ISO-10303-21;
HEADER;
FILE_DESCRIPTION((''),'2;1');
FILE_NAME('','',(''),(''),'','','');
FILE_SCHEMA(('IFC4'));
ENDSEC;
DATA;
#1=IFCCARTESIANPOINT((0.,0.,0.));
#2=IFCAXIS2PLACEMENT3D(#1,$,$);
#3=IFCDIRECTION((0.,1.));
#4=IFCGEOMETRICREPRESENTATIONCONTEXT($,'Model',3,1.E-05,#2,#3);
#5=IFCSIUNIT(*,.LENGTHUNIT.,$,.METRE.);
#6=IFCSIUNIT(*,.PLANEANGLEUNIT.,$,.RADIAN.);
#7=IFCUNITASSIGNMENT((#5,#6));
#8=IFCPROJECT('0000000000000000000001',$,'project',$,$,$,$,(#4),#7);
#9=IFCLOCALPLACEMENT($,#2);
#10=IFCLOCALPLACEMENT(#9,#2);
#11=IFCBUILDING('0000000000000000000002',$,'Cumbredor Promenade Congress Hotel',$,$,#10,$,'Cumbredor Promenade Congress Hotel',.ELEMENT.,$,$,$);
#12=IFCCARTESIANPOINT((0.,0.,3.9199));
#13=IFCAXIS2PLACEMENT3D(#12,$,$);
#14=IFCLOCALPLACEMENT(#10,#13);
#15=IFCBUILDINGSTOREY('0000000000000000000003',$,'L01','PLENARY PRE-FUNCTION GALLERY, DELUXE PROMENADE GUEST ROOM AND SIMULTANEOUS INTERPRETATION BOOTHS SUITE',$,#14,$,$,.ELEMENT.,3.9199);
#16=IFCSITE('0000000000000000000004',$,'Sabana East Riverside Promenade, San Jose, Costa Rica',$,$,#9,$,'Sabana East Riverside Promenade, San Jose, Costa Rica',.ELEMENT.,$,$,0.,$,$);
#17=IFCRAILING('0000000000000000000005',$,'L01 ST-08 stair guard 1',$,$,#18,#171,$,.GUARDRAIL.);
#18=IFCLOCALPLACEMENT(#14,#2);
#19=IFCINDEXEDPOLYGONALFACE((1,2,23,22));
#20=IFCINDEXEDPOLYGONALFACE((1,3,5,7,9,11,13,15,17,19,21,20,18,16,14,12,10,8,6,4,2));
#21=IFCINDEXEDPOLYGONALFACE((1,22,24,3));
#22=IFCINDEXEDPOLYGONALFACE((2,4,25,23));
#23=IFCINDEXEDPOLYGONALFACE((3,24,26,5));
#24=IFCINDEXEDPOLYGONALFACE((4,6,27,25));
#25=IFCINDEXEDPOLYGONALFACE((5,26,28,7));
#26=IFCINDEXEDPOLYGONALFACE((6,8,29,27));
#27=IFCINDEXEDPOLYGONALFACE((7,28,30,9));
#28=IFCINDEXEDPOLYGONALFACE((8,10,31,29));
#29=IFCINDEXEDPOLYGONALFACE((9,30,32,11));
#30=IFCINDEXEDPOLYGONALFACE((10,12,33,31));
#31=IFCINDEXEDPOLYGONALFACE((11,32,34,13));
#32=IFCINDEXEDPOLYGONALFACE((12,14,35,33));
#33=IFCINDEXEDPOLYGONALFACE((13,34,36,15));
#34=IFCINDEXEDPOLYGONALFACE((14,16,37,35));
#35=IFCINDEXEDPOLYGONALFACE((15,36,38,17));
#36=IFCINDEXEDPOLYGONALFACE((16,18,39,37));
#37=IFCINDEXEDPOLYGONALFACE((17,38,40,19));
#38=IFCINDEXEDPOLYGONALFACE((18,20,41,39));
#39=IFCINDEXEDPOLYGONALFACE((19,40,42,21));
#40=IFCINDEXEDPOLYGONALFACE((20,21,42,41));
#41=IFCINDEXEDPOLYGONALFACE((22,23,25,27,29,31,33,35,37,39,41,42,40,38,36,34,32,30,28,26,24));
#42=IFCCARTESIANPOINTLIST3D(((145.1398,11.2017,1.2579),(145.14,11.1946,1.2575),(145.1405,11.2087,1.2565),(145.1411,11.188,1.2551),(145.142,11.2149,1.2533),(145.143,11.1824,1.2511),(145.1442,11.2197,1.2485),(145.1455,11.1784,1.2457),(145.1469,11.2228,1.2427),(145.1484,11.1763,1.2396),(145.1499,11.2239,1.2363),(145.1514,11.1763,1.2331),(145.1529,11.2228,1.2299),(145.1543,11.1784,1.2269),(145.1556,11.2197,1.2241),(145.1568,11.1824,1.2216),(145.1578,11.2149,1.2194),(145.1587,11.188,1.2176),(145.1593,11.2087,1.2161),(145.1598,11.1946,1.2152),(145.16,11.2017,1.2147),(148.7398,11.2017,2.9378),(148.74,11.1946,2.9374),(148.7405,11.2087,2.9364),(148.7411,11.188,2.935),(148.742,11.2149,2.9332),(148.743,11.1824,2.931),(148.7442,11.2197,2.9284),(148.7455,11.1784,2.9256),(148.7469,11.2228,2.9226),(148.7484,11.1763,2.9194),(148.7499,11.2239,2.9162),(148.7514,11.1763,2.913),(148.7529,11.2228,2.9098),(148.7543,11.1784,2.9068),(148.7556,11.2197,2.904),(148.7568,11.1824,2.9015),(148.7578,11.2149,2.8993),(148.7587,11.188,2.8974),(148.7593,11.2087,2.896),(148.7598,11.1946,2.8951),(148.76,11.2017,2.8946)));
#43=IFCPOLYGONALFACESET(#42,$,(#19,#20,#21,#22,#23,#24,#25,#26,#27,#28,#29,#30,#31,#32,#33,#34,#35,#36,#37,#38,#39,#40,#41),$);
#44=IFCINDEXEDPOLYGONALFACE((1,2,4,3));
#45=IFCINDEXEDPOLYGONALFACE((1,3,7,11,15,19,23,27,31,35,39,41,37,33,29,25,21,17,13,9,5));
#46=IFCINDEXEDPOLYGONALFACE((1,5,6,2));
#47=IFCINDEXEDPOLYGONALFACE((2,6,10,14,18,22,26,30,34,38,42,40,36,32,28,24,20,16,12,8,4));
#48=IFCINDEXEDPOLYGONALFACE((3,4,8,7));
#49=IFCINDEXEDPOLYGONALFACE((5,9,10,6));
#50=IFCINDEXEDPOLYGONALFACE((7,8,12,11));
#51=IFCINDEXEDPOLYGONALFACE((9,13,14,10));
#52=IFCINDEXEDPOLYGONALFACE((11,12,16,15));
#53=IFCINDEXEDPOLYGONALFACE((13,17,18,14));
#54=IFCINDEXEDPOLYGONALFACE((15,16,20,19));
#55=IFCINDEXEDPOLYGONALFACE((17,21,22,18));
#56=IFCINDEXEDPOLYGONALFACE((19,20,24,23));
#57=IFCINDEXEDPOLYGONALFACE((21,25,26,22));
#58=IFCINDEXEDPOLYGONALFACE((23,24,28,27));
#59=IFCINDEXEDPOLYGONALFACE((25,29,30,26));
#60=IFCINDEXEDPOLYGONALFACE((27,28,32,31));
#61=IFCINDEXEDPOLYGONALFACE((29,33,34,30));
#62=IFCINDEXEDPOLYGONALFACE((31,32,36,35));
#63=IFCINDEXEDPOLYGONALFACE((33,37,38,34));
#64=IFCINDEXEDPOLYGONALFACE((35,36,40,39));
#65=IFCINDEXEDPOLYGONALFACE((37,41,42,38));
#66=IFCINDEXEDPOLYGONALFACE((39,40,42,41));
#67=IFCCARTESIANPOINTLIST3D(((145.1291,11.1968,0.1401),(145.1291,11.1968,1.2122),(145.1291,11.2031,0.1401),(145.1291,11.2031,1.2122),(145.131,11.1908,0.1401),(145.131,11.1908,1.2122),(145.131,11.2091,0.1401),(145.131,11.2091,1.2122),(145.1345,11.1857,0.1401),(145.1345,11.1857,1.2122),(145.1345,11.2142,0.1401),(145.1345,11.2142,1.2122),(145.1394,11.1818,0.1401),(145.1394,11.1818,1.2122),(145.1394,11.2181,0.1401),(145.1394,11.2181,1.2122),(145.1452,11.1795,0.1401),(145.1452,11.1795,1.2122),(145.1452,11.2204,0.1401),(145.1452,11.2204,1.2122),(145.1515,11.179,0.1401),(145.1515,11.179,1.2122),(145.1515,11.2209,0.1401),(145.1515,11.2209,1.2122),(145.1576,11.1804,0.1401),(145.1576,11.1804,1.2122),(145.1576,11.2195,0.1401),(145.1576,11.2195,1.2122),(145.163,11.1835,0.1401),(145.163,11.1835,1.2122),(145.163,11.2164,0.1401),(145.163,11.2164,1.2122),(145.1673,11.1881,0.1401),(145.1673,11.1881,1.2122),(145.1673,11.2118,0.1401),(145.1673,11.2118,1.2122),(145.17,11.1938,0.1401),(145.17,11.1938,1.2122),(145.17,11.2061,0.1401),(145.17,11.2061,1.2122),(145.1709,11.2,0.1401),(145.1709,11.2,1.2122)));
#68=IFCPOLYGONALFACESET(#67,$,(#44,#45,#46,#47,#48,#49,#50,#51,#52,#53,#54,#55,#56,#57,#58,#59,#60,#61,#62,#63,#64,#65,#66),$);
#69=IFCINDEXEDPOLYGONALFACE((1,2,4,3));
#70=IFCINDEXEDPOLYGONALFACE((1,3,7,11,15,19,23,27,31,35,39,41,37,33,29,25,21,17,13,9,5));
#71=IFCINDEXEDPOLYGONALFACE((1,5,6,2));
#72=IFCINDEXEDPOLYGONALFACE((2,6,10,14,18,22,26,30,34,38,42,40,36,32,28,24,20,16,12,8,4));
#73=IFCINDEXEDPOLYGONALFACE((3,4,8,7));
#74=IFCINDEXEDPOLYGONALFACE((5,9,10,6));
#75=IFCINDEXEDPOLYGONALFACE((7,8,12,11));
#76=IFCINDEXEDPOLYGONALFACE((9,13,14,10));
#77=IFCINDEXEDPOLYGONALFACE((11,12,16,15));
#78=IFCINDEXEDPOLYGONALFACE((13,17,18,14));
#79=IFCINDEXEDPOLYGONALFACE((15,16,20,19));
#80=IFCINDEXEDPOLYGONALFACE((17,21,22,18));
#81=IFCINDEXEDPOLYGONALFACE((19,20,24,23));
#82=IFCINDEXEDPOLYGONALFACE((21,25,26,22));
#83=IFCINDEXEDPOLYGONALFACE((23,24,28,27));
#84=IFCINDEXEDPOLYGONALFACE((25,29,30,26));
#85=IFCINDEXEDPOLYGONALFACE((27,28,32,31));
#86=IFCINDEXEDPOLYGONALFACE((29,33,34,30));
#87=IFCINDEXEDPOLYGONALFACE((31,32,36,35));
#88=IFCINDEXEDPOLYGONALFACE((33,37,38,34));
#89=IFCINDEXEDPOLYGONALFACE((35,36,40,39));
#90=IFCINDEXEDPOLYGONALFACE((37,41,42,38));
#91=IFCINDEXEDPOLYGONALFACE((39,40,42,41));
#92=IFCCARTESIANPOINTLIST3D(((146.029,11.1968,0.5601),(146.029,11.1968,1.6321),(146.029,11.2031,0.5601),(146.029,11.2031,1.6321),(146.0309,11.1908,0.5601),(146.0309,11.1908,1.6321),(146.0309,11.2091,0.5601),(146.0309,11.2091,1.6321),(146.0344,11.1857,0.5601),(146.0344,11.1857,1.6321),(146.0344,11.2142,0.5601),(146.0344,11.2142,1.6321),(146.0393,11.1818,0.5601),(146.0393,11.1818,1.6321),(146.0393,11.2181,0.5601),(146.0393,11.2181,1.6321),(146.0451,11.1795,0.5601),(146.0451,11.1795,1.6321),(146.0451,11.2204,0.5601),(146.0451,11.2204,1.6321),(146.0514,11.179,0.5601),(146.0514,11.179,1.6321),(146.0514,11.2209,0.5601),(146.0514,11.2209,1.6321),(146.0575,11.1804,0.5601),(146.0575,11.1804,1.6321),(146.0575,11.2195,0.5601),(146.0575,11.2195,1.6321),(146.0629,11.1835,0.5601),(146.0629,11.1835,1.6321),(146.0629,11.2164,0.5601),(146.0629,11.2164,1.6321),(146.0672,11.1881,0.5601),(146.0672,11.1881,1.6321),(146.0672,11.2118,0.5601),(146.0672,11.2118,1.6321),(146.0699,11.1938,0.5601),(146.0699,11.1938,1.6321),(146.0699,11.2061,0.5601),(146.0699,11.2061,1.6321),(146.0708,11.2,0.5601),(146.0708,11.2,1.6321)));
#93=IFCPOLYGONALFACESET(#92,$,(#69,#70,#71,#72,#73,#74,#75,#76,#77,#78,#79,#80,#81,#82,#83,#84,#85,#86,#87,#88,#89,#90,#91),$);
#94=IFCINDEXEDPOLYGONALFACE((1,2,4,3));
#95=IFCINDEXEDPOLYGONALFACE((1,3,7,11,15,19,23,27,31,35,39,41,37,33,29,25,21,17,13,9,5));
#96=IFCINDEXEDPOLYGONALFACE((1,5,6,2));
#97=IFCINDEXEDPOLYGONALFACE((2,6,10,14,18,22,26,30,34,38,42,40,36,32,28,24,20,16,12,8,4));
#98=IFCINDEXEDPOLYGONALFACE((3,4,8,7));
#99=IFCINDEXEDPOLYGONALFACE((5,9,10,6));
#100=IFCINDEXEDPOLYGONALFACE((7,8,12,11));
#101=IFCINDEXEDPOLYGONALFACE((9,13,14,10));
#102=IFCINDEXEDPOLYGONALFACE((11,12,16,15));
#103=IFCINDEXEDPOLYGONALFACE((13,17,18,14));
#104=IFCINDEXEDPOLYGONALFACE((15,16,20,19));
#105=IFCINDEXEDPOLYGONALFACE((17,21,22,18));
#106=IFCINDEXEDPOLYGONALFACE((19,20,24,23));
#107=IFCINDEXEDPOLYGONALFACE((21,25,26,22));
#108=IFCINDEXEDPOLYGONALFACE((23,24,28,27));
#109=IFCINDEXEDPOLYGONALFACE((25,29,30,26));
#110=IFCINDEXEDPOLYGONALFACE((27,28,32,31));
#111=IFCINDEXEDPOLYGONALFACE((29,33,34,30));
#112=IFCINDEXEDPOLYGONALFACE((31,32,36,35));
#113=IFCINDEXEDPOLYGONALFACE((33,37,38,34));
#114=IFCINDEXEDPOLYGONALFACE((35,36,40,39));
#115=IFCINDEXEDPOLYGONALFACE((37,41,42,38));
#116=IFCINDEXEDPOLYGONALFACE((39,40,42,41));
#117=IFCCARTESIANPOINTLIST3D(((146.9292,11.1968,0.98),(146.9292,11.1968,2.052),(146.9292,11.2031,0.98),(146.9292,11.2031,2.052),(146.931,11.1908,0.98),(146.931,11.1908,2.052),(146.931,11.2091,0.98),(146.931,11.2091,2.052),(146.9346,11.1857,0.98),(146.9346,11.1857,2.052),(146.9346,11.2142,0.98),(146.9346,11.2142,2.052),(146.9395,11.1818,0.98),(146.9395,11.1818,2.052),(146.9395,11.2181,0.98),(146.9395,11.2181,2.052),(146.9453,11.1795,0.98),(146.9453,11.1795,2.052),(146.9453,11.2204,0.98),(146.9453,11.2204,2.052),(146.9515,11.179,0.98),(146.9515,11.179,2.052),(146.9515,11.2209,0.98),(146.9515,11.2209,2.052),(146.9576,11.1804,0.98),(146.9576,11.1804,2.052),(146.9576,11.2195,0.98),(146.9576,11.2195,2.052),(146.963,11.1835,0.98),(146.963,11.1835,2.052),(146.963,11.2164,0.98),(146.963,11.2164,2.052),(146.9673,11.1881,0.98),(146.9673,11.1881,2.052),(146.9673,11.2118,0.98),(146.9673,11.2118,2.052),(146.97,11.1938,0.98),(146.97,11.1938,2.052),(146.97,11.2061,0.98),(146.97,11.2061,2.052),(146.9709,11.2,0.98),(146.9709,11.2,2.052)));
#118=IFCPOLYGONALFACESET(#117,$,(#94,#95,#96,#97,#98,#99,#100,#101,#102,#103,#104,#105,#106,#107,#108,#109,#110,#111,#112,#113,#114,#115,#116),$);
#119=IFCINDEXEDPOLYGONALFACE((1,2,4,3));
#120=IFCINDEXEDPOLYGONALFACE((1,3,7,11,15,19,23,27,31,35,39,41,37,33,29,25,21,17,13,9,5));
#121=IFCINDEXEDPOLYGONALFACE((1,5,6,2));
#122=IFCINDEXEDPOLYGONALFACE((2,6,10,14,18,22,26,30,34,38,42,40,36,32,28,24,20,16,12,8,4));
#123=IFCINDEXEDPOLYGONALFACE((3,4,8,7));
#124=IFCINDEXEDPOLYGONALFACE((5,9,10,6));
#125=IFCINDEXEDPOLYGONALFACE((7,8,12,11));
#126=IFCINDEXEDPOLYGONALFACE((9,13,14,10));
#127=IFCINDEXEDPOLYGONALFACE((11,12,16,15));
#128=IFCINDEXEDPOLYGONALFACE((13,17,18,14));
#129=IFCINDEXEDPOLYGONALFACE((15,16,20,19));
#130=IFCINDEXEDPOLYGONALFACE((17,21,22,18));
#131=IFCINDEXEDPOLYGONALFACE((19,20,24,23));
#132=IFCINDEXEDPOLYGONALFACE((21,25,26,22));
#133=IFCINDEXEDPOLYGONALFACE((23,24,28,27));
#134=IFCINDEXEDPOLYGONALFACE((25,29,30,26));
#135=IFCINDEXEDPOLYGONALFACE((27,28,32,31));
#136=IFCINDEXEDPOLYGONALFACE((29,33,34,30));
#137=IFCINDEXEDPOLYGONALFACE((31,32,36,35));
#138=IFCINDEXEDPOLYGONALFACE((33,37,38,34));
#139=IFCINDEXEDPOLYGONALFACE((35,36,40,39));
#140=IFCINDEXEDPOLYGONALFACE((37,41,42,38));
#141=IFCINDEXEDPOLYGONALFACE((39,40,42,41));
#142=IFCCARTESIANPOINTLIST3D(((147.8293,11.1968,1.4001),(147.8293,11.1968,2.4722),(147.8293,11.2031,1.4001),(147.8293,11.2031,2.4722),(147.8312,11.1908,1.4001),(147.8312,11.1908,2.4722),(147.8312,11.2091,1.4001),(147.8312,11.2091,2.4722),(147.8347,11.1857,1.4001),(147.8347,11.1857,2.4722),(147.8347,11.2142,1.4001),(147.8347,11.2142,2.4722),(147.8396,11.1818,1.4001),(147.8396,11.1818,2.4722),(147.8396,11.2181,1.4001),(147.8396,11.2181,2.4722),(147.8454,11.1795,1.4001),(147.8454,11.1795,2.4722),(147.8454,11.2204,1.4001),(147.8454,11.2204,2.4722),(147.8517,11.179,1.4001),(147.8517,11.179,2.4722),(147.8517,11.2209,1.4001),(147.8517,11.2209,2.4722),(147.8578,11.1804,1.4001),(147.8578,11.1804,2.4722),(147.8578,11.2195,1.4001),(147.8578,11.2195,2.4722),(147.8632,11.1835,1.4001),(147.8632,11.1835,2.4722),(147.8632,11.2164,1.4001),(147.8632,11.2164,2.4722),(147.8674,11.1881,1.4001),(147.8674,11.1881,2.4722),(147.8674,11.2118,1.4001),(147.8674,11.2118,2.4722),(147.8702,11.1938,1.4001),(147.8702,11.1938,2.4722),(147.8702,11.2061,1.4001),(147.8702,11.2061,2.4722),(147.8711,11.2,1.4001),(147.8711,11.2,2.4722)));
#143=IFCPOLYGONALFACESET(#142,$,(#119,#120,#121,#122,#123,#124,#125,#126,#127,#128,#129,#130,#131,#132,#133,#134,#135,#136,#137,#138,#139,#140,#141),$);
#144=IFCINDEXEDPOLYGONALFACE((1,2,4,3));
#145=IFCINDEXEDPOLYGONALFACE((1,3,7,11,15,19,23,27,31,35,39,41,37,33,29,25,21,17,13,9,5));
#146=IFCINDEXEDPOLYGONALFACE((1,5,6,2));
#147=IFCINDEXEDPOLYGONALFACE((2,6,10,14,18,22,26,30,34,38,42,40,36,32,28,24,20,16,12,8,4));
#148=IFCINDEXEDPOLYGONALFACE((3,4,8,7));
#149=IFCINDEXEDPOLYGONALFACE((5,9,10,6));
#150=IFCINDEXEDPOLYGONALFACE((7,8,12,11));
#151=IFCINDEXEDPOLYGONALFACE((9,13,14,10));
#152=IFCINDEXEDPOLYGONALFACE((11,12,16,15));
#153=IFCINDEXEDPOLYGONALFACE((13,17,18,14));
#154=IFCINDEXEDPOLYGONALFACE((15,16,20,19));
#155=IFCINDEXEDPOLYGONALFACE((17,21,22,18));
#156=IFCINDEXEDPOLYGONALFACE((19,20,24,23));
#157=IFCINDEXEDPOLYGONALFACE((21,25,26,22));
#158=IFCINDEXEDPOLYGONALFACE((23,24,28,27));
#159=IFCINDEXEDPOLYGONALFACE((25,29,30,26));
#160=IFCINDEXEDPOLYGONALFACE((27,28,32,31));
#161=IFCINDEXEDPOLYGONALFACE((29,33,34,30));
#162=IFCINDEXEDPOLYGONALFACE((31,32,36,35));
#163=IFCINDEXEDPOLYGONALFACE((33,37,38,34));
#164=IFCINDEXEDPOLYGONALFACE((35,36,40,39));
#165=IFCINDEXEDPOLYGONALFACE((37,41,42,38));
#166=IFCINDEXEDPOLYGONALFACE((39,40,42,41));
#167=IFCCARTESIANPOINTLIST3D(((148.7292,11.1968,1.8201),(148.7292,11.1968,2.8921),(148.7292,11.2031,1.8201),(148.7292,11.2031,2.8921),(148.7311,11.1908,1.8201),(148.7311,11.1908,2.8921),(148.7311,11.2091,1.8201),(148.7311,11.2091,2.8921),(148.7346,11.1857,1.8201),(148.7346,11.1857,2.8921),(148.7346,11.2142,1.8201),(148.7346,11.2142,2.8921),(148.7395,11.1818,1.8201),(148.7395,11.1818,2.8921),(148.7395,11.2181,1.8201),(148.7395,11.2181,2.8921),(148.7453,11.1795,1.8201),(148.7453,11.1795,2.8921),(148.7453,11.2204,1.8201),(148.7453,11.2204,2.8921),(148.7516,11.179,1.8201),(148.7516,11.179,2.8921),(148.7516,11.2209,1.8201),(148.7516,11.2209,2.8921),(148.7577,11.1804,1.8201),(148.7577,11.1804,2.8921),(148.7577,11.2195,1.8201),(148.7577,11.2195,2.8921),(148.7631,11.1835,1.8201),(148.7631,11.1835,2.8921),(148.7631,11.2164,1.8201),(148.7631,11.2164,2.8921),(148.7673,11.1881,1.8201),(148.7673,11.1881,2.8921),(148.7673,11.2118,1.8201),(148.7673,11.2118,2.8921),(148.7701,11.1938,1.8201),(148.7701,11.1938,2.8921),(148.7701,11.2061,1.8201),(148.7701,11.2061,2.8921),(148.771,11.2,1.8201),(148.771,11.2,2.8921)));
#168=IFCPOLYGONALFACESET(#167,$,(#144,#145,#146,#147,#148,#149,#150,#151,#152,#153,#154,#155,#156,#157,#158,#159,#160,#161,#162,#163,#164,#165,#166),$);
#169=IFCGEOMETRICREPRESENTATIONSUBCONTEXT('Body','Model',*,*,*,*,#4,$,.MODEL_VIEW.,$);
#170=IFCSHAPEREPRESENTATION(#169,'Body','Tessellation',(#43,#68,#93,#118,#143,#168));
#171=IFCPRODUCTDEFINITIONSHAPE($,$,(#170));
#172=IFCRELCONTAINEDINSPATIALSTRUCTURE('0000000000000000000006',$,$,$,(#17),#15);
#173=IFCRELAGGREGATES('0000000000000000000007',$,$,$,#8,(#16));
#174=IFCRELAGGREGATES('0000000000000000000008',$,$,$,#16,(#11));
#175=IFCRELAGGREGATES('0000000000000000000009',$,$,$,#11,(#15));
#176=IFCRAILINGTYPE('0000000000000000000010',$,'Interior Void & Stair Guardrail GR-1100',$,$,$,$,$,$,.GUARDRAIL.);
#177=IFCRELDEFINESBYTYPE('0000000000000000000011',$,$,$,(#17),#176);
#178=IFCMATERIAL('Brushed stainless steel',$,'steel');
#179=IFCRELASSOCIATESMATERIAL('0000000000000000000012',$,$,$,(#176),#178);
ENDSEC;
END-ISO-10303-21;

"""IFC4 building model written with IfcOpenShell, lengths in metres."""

from ifc_helpers import new_model, si_unit, direction, frame, origin, origin_2d, place, context, subcontext, project, spatial, circle, extrude, material, type_object, element, save


model = new_model("IFC4")

# Units and contexts
model_context = context("Model", 3, precision=1e-05, world=origin(), true_north=direction((0.0, 1.0)))
body_context = subcontext(model_context, "Body", "Model", "MODEL_VIEW")
ifc_project = project(units=[si_unit("LENGTHUNIT", "METRE"), si_unit("PLANEANGLEUNIT", "RADIAN")], contexts=[model_context])

# Site, building, storey
site_placement = place(None, origin())
site = spatial("IfcSite", under=ifc_project, at=site_placement, Name="Sabana East Riverside Promenade, San Jose, Costa Rica", LongName="Sabana East Riverside Promenade, San Jose, Costa Rica", CompositionType="ELEMENT", RefElevation=0.0)
building_placement = place(site_placement, origin())
building = spatial("IfcBuilding", under=site, at=building_placement, Name="Cumbredor Promenade Congress Hotel", LongName="Cumbredor Promenade Congress Hotel", CompositionType="ELEMENT")
storey_placement = place(building_placement, frame((0.0, 0.0, 3.9199)))
storey = spatial("IfcBuildingStorey", under=building, at=storey_placement, Name="L01", Description="PLENARY PRE-FUNCTION GALLERY, DELUXE PROMENADE GUEST ROOM AND SIMULTANEOUS INTERPRETATION BOOTHS SUITE", CompositionType="ELEMENT", Elevation=3.9199)

# Shared definitions
ifc_material_1 = material(Name="Brushed stainless steel", Category="steel")

# Railing
railing_type_1 = type_object("IfcRailingType", Name="Interior Void & Stair Guardrail GR-1100", PredefinedType="GUARDRAIL", material=ifc_material_1)
railing_1_placement = place(storey_placement, frame((145.1499, 11.2, 0.1401)))
element("IfcRailing", 1, at=railing_1_placement, inside=storey, type_object=railing_type_1, Name="L01 ST-08 stair guard 1", PredefinedType="GUARDRAIL", context=body_context, shape_type="SweptSolid", body=[
    extrude(circle(Radius=0.0239, at=origin_2d()), frame((0.0, 0.0, 1.0962), z_axis=(0.906194, 0.0, 0.422862), x_axis=(0.0, 1.0, 0.0)), (0.0, 0.0, 1.0), 3.9727),
    extrude(circle(Radius=0.021, at=origin_2d()), origin(), (0.0, 0.0, 1.0), 1.072),
    extrude(circle(Radius=0.021, at=origin_2d()), frame((0.8999, 0.0, 0.4199)), (0.0, 0.0, 1.0), 1.072),
    extrude(circle(Radius=0.021, at=origin_2d()), frame((1.8, 0.0, 0.8398)), (0.0, 0.0, 1.0), 1.072),
    extrude(circle(Radius=0.021, at=origin_2d()), frame((2.7002, 0.0, 1.26)), (0.0, 0.0, 1.0), 1.072),
    extrude(circle(Radius=0.021, at=origin_2d()), frame((3.6001, 0.0, 1.6799)), (0.0, 0.0, 1.0), 1.072),
])

save(model, "model.ifc")
